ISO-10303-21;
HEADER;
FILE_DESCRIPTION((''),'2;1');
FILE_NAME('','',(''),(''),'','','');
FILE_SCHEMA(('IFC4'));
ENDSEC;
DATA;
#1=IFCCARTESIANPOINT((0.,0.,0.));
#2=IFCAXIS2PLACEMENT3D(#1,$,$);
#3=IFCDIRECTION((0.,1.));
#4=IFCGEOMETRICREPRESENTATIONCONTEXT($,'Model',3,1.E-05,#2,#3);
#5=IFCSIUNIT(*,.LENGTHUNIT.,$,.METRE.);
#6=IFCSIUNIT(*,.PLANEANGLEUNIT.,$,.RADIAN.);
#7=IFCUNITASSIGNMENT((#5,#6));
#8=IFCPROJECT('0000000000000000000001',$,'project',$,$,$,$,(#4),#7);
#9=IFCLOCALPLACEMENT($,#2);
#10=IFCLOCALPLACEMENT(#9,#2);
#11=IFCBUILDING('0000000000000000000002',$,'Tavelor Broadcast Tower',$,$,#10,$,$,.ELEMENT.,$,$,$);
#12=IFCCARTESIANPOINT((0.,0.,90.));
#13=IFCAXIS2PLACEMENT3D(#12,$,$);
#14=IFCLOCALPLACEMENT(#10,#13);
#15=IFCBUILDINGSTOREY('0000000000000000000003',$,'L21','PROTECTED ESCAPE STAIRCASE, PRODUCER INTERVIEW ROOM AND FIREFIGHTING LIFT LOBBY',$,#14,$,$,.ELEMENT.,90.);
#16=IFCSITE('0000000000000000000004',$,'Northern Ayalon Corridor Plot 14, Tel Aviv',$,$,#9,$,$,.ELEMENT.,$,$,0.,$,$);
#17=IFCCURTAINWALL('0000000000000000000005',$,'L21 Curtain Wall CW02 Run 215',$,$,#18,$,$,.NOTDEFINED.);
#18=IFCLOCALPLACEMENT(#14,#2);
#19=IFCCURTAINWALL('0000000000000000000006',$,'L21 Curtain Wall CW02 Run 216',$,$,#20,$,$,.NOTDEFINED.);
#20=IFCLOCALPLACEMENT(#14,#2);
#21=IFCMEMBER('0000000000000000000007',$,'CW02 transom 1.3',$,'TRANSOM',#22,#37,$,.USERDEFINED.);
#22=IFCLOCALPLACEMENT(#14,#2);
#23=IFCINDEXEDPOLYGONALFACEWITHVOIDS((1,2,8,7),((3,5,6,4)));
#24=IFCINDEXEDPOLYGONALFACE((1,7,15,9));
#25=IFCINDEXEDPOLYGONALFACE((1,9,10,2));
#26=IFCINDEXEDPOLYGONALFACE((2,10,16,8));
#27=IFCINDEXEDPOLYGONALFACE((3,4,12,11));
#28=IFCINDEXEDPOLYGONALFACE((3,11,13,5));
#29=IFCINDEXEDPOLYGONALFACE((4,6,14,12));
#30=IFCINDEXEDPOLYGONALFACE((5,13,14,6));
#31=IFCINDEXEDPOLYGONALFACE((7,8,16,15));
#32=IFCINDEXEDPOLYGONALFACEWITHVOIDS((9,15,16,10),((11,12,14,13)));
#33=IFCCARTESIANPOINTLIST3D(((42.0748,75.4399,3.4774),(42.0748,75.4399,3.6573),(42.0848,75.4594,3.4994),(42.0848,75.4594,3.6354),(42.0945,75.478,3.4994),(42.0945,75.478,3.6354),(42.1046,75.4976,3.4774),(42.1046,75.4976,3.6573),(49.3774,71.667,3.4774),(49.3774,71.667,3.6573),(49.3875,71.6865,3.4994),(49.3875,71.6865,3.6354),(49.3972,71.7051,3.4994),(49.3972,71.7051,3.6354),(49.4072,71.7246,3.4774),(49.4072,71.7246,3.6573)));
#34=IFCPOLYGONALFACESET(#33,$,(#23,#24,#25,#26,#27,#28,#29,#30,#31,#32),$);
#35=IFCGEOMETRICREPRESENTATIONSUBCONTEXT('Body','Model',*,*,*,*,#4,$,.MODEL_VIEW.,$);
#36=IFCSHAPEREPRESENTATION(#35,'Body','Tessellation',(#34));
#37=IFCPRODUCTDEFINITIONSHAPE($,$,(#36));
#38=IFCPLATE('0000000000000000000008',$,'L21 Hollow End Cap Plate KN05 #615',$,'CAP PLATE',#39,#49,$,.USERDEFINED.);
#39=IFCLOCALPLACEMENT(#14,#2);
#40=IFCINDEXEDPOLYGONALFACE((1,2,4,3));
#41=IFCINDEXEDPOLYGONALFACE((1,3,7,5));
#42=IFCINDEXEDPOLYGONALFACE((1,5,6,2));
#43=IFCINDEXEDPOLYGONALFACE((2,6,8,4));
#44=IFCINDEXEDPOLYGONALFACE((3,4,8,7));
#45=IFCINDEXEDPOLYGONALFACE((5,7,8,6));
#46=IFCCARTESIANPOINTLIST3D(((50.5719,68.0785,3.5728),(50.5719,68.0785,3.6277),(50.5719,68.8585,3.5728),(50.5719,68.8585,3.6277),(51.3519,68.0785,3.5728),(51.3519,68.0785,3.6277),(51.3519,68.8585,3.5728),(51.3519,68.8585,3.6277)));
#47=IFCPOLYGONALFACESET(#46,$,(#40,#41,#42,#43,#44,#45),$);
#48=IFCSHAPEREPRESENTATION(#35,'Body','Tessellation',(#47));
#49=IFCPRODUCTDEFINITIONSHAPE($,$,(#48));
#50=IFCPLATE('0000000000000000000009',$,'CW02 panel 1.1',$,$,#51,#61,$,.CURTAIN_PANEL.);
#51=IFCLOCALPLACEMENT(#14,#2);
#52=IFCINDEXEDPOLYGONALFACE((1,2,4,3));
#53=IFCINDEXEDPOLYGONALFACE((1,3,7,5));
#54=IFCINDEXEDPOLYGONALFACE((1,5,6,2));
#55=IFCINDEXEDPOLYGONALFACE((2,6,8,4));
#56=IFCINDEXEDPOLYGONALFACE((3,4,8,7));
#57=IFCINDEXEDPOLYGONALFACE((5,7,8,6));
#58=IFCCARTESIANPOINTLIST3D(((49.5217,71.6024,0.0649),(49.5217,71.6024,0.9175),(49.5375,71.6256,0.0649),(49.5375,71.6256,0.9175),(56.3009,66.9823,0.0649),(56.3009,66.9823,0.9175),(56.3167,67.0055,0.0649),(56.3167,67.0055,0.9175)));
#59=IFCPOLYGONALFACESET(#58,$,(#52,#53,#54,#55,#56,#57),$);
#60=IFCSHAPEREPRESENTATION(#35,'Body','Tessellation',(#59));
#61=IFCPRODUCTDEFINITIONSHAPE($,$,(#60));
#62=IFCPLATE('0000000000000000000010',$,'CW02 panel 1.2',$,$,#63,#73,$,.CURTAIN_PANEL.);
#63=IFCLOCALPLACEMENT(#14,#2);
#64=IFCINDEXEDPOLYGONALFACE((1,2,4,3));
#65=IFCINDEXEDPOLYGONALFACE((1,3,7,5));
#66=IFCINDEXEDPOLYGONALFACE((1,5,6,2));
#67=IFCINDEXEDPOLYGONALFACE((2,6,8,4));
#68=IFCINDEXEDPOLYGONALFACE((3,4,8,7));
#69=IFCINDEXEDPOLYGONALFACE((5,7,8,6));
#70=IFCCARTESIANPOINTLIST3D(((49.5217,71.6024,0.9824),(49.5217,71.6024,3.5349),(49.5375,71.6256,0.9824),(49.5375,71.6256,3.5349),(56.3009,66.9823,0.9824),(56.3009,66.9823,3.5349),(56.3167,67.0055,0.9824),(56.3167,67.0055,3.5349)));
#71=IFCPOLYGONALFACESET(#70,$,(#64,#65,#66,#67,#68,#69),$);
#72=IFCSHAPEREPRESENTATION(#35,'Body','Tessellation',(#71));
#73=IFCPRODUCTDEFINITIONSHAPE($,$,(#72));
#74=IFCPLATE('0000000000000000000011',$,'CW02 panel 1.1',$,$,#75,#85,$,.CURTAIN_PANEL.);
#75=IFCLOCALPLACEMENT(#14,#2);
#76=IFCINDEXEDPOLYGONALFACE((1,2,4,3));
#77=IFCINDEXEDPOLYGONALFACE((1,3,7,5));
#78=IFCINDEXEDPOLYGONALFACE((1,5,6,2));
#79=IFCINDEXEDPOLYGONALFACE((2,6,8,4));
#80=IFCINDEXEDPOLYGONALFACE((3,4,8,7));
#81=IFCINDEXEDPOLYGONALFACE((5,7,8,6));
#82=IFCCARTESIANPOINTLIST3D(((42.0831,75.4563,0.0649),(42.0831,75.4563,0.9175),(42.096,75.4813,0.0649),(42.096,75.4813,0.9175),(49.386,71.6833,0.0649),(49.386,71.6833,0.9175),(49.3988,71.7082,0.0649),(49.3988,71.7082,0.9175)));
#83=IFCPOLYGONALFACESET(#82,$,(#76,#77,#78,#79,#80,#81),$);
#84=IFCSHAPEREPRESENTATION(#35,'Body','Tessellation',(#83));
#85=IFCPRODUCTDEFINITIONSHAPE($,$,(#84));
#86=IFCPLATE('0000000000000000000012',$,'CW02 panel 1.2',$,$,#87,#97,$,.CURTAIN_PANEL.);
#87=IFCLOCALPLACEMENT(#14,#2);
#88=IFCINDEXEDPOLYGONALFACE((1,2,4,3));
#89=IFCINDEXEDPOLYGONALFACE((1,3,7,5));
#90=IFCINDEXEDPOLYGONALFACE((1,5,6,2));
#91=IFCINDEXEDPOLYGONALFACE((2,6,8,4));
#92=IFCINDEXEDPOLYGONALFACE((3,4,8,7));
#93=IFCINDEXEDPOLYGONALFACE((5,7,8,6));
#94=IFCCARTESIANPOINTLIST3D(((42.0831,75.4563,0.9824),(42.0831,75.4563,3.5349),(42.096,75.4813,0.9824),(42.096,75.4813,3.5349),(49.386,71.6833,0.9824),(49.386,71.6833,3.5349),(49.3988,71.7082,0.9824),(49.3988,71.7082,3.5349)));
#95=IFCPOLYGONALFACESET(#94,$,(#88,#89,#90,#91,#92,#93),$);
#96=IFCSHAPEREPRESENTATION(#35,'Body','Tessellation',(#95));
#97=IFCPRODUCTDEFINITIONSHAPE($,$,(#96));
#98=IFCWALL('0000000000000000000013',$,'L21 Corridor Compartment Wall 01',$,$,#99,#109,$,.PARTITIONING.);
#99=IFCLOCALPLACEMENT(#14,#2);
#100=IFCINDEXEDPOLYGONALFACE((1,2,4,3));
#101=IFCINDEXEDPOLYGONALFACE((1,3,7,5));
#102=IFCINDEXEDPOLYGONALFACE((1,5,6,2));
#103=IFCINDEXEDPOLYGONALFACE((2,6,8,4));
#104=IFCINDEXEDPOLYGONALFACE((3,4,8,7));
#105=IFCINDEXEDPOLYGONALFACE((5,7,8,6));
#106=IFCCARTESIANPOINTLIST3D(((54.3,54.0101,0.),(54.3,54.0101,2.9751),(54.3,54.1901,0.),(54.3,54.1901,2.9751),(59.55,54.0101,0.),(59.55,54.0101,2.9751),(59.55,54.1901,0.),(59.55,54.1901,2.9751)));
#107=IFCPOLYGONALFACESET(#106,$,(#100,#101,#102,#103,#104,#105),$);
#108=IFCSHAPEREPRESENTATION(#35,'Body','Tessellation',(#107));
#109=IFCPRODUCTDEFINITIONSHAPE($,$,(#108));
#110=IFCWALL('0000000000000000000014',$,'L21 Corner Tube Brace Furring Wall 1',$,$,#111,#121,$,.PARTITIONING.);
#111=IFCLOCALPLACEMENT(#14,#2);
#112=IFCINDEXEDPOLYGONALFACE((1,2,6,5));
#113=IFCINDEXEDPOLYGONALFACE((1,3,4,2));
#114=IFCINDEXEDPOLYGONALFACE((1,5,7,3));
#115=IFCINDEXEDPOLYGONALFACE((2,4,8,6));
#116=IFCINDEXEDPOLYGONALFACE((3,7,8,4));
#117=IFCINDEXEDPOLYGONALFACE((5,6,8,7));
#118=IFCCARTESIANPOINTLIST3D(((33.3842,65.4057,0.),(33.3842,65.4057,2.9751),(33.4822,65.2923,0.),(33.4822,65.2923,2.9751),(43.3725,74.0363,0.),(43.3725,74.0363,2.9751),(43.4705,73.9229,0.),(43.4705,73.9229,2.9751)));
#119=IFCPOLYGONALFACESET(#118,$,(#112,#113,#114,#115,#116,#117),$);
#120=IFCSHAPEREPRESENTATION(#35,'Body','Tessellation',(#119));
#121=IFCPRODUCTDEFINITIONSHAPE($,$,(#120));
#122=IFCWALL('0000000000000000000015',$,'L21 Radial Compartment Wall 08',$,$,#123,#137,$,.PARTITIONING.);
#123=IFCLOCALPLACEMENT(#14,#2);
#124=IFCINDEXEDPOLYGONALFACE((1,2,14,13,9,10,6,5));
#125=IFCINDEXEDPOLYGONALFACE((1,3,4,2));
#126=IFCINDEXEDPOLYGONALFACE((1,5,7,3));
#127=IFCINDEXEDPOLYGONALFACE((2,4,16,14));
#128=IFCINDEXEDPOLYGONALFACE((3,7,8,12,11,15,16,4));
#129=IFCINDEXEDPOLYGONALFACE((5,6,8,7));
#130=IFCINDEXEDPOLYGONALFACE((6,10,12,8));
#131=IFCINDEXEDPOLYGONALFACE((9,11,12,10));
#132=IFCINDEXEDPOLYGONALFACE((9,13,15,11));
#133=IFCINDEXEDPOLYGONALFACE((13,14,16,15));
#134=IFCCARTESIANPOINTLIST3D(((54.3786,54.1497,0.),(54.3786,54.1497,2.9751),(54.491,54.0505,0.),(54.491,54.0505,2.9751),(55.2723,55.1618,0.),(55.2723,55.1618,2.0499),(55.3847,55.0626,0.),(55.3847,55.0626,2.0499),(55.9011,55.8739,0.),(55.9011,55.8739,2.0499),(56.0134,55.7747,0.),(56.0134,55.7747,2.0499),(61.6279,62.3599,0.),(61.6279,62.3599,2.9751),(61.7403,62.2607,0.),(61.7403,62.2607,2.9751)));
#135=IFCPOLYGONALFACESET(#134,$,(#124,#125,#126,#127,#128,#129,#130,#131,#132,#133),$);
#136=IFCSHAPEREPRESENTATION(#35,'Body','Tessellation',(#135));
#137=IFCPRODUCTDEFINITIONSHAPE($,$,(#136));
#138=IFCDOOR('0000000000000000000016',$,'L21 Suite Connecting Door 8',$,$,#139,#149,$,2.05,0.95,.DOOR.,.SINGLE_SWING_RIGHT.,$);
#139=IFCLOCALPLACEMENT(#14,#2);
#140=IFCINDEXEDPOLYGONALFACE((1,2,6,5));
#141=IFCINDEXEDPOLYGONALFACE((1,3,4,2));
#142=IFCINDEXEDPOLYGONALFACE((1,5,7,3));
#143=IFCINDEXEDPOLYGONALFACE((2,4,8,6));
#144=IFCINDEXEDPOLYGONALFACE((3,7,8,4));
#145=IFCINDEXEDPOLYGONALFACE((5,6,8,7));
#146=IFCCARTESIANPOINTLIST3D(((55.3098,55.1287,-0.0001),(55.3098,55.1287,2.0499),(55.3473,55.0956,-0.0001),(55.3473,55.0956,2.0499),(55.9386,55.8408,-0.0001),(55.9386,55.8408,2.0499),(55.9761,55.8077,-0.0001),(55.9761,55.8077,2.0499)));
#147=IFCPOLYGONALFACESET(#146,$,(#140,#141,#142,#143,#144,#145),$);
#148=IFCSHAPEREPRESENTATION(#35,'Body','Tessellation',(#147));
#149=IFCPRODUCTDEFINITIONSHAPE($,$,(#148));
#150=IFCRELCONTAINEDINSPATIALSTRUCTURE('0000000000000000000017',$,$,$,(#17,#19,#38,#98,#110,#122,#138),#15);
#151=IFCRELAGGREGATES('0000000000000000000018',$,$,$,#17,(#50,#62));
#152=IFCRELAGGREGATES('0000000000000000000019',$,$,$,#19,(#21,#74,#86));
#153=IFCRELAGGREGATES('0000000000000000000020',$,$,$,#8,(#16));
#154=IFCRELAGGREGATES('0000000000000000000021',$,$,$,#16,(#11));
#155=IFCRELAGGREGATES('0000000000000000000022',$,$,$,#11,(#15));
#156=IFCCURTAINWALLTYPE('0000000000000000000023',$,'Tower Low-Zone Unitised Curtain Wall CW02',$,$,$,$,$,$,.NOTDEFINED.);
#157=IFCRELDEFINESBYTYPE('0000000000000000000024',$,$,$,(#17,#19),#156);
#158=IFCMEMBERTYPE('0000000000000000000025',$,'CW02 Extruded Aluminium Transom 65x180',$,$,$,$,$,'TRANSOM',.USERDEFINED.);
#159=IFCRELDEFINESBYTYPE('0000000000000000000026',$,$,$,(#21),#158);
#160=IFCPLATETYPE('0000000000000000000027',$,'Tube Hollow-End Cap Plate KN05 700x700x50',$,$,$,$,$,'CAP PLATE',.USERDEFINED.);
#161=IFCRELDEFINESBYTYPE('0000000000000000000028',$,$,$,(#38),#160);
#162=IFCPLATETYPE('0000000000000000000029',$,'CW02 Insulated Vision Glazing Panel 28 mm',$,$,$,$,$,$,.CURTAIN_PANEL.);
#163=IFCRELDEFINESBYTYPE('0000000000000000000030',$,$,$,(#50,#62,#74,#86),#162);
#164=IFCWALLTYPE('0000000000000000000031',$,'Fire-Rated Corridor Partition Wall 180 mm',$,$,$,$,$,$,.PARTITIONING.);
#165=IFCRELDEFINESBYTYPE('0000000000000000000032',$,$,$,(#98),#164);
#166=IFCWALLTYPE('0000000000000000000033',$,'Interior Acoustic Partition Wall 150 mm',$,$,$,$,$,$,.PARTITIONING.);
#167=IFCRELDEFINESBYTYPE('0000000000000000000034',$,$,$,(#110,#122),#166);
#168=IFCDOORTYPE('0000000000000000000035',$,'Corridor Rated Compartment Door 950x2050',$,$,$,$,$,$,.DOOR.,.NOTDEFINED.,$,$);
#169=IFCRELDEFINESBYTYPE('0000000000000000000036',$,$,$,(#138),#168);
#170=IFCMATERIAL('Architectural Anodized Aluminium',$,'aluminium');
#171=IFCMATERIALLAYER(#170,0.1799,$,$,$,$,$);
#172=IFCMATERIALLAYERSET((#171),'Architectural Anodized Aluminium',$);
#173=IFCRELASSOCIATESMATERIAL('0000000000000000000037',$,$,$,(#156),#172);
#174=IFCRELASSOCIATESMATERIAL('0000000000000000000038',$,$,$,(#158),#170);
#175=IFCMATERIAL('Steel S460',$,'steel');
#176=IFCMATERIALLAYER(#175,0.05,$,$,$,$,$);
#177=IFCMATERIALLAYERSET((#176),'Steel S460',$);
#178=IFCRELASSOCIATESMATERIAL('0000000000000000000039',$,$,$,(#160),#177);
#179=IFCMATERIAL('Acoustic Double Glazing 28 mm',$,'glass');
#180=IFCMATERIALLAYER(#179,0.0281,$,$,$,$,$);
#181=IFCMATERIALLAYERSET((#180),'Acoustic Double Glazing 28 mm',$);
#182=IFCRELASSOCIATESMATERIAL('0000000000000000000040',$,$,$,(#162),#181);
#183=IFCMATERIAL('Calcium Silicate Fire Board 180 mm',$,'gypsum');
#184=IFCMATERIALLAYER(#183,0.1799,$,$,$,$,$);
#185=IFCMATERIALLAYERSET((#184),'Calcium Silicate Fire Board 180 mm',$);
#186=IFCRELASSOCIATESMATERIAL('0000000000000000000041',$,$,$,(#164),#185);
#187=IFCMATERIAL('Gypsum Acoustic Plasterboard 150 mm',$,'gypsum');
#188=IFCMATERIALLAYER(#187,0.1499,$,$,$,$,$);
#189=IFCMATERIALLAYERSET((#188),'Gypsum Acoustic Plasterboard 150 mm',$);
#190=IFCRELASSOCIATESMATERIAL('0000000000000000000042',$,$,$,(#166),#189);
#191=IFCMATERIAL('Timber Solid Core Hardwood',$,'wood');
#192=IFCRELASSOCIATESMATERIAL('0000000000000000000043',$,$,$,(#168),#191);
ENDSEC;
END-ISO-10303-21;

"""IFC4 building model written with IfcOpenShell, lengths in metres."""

from ifc_helpers import new_model, si_unit, direction, frame, frame_2d, origin, origin_2d, place, context, subcontext, project, spatial, rectangle, hollow_rectangle, extrude, source, transform, mapped, material, layer, layer_set, material_profile, profile_set, type_object, type_shapes, element, fill, aggregate, save


model = new_model("IFC4")

# Units and contexts
model_context = context("Model", 3, precision=1e-05, world=origin(), true_north=direction((0.0, 1.0)))
body_context = subcontext(model_context, "Body", "Model", "MODEL_VIEW")
ifc_project = project(units=[si_unit("LENGTHUNIT", "METRE"), si_unit("PLANEANGLEUNIT", "RADIAN")], contexts=[model_context])

# Site, building, storey
site_placement = place(None, origin())
site = spatial("IfcSite", under=ifc_project, at=site_placement, Name="Northern Ayalon Corridor Plot 14, Tel Aviv", CompositionType="ELEMENT", RefElevation=0.0)
building_placement = place(site_placement, origin())
building = spatial("IfcBuilding", under=site, at=building_placement, Name="Tavelor Broadcast Tower", CompositionType="ELEMENT")
storey_placement = place(building_placement, frame((0.0, 0.0, 90.0)))
storey = spatial("IfcBuildingStorey", under=building, at=storey_placement, Name="L21", Description="PROTECTED ESCAPE STAIRCASE, PRODUCER INTERVIEW ROOM AND FIREFIGHTING LIFT LOBBY", CompositionType="ELEMENT", Elevation=90.0)

# Shared definitions
ifc_material_1 = material(Name="Steel S460", Category="steel")

# Curtain walls
ifc_material_2 = material(Name="Architectural Anodized Aluminium", Category="aluminium")
ifc_layer_1 = layer(ifc_material_2, 0.1799)
ifc_layer_set_1 = layer_set([ifc_layer_1], Name="Architectural Anodized Aluminium")
curtain_wall_type = type_object("IfcCurtainWallType", Name="Tower Low-Zone Unitised Curtain Wall CW02", PredefinedType="NOTDEFINED", material=ifc_layer_set_1)
curtain_wall_1_placement = place(storey_placement, origin())
curtain_wall_1 = element("IfcCurtainWall", 1, at=curtain_wall_1_placement, inside=storey, type_object=curtain_wall_type, Name="L21 Curtain Wall CW02 Run 215", PredefinedType="NOTDEFINED")
curtain_wall_2_placement = place(storey_placement, origin())
curtain_wall_2 = element("IfcCurtainWall", 2, at=curtain_wall_2_placement, inside=storey, type_object=curtain_wall_type, Name="L21 Curtain Wall CW02 Run 216", PredefinedType="NOTDEFINED")

# Member
ifc_material_profile_1 = material_profile(ifc_material_2, hollow_rectangle(XDim=0.0649, YDim=0.1799, WallThickness=0.022, at=origin_2d()), Name="RHS 65x180x22")
ifc_profile_set_1 = profile_set([ifc_material_profile_1], Name="Architectural Anodized Aluminium")
member_type_1 = type_object("IfcMemberType", Name="CW02 Extruded Aluminium Transom 65x180", ElementType="TRANSOM", PredefinedType="USERDEFINED", material=ifc_profile_set_1)
shared_shape_1 = source(origin(), body_context, "Body", "SweptSolid", [
    extrude(hollow_rectangle(XDim=0.0649, YDim=0.1799, WallThickness=0.022, at=origin_2d()), origin(), (0.0, 0.0, 1.0), 8.2197),
])
member_1_placement = place(storey_placement, frame((49.3923, 71.6958, 3.5674), z_axis=(-0.888432, 0.459008, 0.0), x_axis=(-0.459008, -0.888432, 0.0)))
member_1 = element("IfcMember", 3, at=member_1_placement, type_object=member_type_1, Name="CW02 transom 1.3", ObjectType="TRANSOM", PredefinedType="USERDEFINED", context=body_context, shape_type="MappedRepresentation", body=[
    mapped(shared_shape_1, transform((0.0, 0.0, 0.0), scale=1.0)),
])

# Plates
ifc_layer_2 = layer(ifc_material_1, 0.05)
ifc_layer_set_2 = layer_set([ifc_layer_2], Name="Steel S460")
plate_type_1 = type_object("IfcPlateType", Name="Tube Hollow-End Cap Plate KN05 700x700x50", ElementType="CAP PLATE", PredefinedType="USERDEFINED", material=ifc_layer_set_2)
shared_shape_2 = source(origin(), body_context, "Body", "SweptSolid", [
    extrude(rectangle(XDim=0.78, YDim=0.78, at=origin_2d()), origin(), (0.0, 0.0, 1.0), 0.0549),
])
type_shapes(plate_type_1, [shared_shape_2])
plate_1_placement = place(storey_placement, frame((50.9619, 68.4685, 3.5728), z_axis=(0.0, 0.0, 1.0), x_axis=(1.0, 0.0, 0.0)))
element("IfcPlate", 4, at=plate_1_placement, inside=storey, type_object=plate_type_1, Name="L21 Hollow End Cap Plate KN05 #615", ObjectType="CAP PLATE", PredefinedType="USERDEFINED", context=body_context, shape_type="MappedRepresentation", body=[
    mapped(shared_shape_2, transform((0.0, 0.0, 0.0), scale=1.0)),
])
ifc_material_3 = material(Name="Acoustic Double Glazing 28 mm", Category="glass")
ifc_layer_3 = layer(ifc_material_3, 0.0281)
ifc_layer_set_3 = layer_set([ifc_layer_3], Name="Acoustic Double Glazing 28 mm")
plate_type_2 = type_object("IfcPlateType", Name="CW02 Insulated Vision Glazing Panel 28 mm", PredefinedType="CURTAIN_PANEL", material=ifc_layer_set_3)
shared_shape_3 = source(origin(), body_context, "Body", "SweptSolid", [
    extrude(rectangle(XDim=8.2039, YDim=0.0281, at=origin_2d()), origin(), (0.0, 0.0, 1.0), 0.8525),
])
plate_2_placement = place(storey_placement, frame((52.9192, 69.304, 0.0649), z_axis=(0.0, 0.0, 1.0), x_axis=(-0.826343, 0.563167, 0.0)))
plate_2 = element("IfcPlate", 5, at=plate_2_placement, type_object=plate_type_2, Name="CW02 panel 1.1", PredefinedType="CURTAIN_PANEL", context=body_context, shape_type="MappedRepresentation", body=[
    mapped(shared_shape_3, transform((0.0, 0.0, 0.0), scale=1.0)),
])
shared_shape_4 = source(origin(), body_context, "Body", "SweptSolid", [
    extrude(rectangle(XDim=8.2039, YDim=0.0281, at=origin_2d()), origin(), (0.0, 0.0, 1.0), 2.5525),
])
plate_3_placement = place(storey_placement, frame((52.9192, 69.304, 0.9824), z_axis=(0.0, 0.0, 1.0), x_axis=(-0.826343, 0.563167, 0.0)))
plate_3 = element("IfcPlate", 6, at=plate_3_placement, type_object=plate_type_2, Name="CW02 panel 1.2", PredefinedType="CURTAIN_PANEL", context=body_context, shape_type="MappedRepresentation", body=[
    mapped(shared_shape_4, transform((0.0, 0.0, 0.0), scale=1.0)),
])
aggregate(curtain_wall_1, [plate_2, plate_3])
shared_shape_5 = source(origin(), body_context, "Body", "SweptSolid", [
    extrude(rectangle(XDim=8.22, YDim=0.0281, at=origin_2d()), origin(), (0.0, 0.0, 1.0), 0.8525),
])
plate_4_placement = place(storey_placement, frame((45.741, 73.5823, 0.0649), z_axis=(0.0, 0.0, 1.0), x_axis=(-0.88843, 0.459012, 0.0)))
plate_4 = element("IfcPlate", 7, at=plate_4_placement, type_object=plate_type_2, Name="CW02 panel 1.1", PredefinedType="CURTAIN_PANEL", context=body_context, shape_type="MappedRepresentation", body=[
    mapped(shared_shape_5, transform((0.0, 0.0, 0.0), scale=1.0)),
])
shared_shape_6 = source(origin(), body_context, "Body", "SweptSolid", [
    extrude(rectangle(XDim=8.22, YDim=0.0281, at=origin_2d()), origin(), (0.0, 0.0, 1.0), 2.5525),
])
type_shapes(plate_type_2, [shared_shape_3, shared_shape_4, shared_shape_5, shared_shape_6])
plate_5_placement = place(storey_placement, frame((45.741, 73.5823, 0.9824), z_axis=(0.0, 0.0, 1.0), x_axis=(-0.88843, 0.459012, 0.0)))
plate_5 = element("IfcPlate", 8, at=plate_5_placement, type_object=plate_type_2, Name="CW02 panel 1.2", PredefinedType="CURTAIN_PANEL", context=body_context, shape_type="MappedRepresentation", body=[
    mapped(shared_shape_6, transform((0.0, 0.0, 0.0), scale=1.0)),
])
aggregate(curtain_wall_2, [member_1, plate_4, plate_5])

# Walls
ifc_material_4 = material(Name="Calcium Silicate Fire Board 180 mm", Category="gypsum")
ifc_layer_4 = layer(ifc_material_4, 0.1799)
ifc_layer_set_4 = layer_set([ifc_layer_4], Name="Calcium Silicate Fire Board 180 mm")
wall_type_1 = type_object("IfcWallType", Name="Fire-Rated Corridor Partition Wall 180 mm", PredefinedType="PARTITIONING", material=ifc_layer_set_4)
wall_1_placement = place(storey_placement, frame((54.3, 54.1001, 0.0), z_axis=(0.0, 0.0, 1.0), x_axis=(1.0, 0.0, 0.0)))
element("IfcWall", 9, at=wall_1_placement, inside=storey, type_object=wall_type_1, Name="L21 Corridor Compartment Wall 01", PredefinedType="PARTITIONING", context=body_context, shape_type="SweptSolid", body=[
    extrude(rectangle(XDim=5.25, YDim=0.1799, at=frame_2d((2.625, 0.0))), origin(), (0.0, 0.0, 1.0), 2.9751),
])
ifc_material_5 = material(Name="Gypsum Acoustic Plasterboard 150 mm", Category="gypsum")
ifc_layer_5 = layer(ifc_material_5, 0.1499)
ifc_layer_set_5 = layer_set([ifc_layer_5], Name="Gypsum Acoustic Plasterboard 150 mm")
wall_type_2 = type_object("IfcWallType", Name="Interior Acoustic Partition Wall 150 mm", PredefinedType="PARTITIONING", material=ifc_layer_set_5)
wall_2_placement = place(storey_placement, frame((43.4214, 73.9795, 0.0), z_axis=(0.0, 0.0, 1.0), x_axis=(-0.756659, -0.65381, 0.0)))
element("IfcWall", 10, at=wall_2_placement, inside=storey, type_object=wall_type_2, Name="L21 Corner Tube Brace Furring Wall 1", PredefinedType="PARTITIONING", context=body_context, shape_type="SweptSolid", body=[
    extrude(rectangle(XDim=13.2004, YDim=0.1499, at=frame_2d((6.6001, 0.0))), origin(), (0.0, 0.0, 1.0), 2.9751),
])

# Wall, opening, door
wall_3_placement = place(storey_placement, frame((54.4348, 54.1001, 0.0), z_axis=(0.0, 0.0, 1.0), x_axis=(0.661877, 0.749613, 0.0)))
wall_3 = element("IfcWall", 11, at=wall_3_placement, inside=storey, type_object=wall_type_2, Name="L21 Radial Compartment Wall 08", PredefinedType="PARTITIONING", context=body_context, shape_type="SweptSolid", body=[
    extrude(rectangle(XDim=10.9526, YDim=0.1499, at=frame_2d((5.4763, 0.0))), origin(), (0.0, 0.0, 1.0), 2.9751),
])
opening_1_placement = place(wall_3_placement, frame((1.3501, 0.0, 0.0)))
opening_1 = element("IfcOpeningElement", 12, at=opening_1_placement, cuts=wall_3, PredefinedType="OPENING", context=body_context, shape_type="SweptSolid", body=[
    extrude(rectangle(XDim=0.95, YDim=2.05, at=frame_2d((0.4751, 1.0249))), frame((0.0, 0.085, 0.0), z_axis=(0.0, -1.0, 0.0), x_axis=(1.0, 0.0, 0.0)), (0.0, 0.0, 1.0), 0.1699),
])
ifc_material_6 = material(Name="Timber Solid Core Hardwood", Category="wood")
door_type = type_object("IfcDoorType", Name="Corridor Rated Compartment Door 950x2050", OperationType="NOTDEFINED", PredefinedType="DOOR", material=ifc_material_6)
door_1_placement = place(opening_1_placement, origin())
door_1 = element("IfcDoor", 13, at=door_1_placement, inside=storey, type_object=door_type, Name="L21 Suite Connecting Door 8", OperationType="SINGLE_SWING_RIGHT", OverallHeight=2.05, OverallWidth=0.95, PredefinedType="DOOR", context=body_context, shape_type="SweptSolid", body=[
    extrude(rectangle(XDim=0.95, YDim=2.05, at=frame_2d((0.4751, 1.0249))), frame((0.0, 0.0249, 0.0), z_axis=(0.0, -1.0, 0.0), x_axis=(1.0, 0.0, 0.0)), (0.0, 0.0, 1.0), 0.05),
])
fill(opening_1, door_1)

save(model, "model.ifc")
